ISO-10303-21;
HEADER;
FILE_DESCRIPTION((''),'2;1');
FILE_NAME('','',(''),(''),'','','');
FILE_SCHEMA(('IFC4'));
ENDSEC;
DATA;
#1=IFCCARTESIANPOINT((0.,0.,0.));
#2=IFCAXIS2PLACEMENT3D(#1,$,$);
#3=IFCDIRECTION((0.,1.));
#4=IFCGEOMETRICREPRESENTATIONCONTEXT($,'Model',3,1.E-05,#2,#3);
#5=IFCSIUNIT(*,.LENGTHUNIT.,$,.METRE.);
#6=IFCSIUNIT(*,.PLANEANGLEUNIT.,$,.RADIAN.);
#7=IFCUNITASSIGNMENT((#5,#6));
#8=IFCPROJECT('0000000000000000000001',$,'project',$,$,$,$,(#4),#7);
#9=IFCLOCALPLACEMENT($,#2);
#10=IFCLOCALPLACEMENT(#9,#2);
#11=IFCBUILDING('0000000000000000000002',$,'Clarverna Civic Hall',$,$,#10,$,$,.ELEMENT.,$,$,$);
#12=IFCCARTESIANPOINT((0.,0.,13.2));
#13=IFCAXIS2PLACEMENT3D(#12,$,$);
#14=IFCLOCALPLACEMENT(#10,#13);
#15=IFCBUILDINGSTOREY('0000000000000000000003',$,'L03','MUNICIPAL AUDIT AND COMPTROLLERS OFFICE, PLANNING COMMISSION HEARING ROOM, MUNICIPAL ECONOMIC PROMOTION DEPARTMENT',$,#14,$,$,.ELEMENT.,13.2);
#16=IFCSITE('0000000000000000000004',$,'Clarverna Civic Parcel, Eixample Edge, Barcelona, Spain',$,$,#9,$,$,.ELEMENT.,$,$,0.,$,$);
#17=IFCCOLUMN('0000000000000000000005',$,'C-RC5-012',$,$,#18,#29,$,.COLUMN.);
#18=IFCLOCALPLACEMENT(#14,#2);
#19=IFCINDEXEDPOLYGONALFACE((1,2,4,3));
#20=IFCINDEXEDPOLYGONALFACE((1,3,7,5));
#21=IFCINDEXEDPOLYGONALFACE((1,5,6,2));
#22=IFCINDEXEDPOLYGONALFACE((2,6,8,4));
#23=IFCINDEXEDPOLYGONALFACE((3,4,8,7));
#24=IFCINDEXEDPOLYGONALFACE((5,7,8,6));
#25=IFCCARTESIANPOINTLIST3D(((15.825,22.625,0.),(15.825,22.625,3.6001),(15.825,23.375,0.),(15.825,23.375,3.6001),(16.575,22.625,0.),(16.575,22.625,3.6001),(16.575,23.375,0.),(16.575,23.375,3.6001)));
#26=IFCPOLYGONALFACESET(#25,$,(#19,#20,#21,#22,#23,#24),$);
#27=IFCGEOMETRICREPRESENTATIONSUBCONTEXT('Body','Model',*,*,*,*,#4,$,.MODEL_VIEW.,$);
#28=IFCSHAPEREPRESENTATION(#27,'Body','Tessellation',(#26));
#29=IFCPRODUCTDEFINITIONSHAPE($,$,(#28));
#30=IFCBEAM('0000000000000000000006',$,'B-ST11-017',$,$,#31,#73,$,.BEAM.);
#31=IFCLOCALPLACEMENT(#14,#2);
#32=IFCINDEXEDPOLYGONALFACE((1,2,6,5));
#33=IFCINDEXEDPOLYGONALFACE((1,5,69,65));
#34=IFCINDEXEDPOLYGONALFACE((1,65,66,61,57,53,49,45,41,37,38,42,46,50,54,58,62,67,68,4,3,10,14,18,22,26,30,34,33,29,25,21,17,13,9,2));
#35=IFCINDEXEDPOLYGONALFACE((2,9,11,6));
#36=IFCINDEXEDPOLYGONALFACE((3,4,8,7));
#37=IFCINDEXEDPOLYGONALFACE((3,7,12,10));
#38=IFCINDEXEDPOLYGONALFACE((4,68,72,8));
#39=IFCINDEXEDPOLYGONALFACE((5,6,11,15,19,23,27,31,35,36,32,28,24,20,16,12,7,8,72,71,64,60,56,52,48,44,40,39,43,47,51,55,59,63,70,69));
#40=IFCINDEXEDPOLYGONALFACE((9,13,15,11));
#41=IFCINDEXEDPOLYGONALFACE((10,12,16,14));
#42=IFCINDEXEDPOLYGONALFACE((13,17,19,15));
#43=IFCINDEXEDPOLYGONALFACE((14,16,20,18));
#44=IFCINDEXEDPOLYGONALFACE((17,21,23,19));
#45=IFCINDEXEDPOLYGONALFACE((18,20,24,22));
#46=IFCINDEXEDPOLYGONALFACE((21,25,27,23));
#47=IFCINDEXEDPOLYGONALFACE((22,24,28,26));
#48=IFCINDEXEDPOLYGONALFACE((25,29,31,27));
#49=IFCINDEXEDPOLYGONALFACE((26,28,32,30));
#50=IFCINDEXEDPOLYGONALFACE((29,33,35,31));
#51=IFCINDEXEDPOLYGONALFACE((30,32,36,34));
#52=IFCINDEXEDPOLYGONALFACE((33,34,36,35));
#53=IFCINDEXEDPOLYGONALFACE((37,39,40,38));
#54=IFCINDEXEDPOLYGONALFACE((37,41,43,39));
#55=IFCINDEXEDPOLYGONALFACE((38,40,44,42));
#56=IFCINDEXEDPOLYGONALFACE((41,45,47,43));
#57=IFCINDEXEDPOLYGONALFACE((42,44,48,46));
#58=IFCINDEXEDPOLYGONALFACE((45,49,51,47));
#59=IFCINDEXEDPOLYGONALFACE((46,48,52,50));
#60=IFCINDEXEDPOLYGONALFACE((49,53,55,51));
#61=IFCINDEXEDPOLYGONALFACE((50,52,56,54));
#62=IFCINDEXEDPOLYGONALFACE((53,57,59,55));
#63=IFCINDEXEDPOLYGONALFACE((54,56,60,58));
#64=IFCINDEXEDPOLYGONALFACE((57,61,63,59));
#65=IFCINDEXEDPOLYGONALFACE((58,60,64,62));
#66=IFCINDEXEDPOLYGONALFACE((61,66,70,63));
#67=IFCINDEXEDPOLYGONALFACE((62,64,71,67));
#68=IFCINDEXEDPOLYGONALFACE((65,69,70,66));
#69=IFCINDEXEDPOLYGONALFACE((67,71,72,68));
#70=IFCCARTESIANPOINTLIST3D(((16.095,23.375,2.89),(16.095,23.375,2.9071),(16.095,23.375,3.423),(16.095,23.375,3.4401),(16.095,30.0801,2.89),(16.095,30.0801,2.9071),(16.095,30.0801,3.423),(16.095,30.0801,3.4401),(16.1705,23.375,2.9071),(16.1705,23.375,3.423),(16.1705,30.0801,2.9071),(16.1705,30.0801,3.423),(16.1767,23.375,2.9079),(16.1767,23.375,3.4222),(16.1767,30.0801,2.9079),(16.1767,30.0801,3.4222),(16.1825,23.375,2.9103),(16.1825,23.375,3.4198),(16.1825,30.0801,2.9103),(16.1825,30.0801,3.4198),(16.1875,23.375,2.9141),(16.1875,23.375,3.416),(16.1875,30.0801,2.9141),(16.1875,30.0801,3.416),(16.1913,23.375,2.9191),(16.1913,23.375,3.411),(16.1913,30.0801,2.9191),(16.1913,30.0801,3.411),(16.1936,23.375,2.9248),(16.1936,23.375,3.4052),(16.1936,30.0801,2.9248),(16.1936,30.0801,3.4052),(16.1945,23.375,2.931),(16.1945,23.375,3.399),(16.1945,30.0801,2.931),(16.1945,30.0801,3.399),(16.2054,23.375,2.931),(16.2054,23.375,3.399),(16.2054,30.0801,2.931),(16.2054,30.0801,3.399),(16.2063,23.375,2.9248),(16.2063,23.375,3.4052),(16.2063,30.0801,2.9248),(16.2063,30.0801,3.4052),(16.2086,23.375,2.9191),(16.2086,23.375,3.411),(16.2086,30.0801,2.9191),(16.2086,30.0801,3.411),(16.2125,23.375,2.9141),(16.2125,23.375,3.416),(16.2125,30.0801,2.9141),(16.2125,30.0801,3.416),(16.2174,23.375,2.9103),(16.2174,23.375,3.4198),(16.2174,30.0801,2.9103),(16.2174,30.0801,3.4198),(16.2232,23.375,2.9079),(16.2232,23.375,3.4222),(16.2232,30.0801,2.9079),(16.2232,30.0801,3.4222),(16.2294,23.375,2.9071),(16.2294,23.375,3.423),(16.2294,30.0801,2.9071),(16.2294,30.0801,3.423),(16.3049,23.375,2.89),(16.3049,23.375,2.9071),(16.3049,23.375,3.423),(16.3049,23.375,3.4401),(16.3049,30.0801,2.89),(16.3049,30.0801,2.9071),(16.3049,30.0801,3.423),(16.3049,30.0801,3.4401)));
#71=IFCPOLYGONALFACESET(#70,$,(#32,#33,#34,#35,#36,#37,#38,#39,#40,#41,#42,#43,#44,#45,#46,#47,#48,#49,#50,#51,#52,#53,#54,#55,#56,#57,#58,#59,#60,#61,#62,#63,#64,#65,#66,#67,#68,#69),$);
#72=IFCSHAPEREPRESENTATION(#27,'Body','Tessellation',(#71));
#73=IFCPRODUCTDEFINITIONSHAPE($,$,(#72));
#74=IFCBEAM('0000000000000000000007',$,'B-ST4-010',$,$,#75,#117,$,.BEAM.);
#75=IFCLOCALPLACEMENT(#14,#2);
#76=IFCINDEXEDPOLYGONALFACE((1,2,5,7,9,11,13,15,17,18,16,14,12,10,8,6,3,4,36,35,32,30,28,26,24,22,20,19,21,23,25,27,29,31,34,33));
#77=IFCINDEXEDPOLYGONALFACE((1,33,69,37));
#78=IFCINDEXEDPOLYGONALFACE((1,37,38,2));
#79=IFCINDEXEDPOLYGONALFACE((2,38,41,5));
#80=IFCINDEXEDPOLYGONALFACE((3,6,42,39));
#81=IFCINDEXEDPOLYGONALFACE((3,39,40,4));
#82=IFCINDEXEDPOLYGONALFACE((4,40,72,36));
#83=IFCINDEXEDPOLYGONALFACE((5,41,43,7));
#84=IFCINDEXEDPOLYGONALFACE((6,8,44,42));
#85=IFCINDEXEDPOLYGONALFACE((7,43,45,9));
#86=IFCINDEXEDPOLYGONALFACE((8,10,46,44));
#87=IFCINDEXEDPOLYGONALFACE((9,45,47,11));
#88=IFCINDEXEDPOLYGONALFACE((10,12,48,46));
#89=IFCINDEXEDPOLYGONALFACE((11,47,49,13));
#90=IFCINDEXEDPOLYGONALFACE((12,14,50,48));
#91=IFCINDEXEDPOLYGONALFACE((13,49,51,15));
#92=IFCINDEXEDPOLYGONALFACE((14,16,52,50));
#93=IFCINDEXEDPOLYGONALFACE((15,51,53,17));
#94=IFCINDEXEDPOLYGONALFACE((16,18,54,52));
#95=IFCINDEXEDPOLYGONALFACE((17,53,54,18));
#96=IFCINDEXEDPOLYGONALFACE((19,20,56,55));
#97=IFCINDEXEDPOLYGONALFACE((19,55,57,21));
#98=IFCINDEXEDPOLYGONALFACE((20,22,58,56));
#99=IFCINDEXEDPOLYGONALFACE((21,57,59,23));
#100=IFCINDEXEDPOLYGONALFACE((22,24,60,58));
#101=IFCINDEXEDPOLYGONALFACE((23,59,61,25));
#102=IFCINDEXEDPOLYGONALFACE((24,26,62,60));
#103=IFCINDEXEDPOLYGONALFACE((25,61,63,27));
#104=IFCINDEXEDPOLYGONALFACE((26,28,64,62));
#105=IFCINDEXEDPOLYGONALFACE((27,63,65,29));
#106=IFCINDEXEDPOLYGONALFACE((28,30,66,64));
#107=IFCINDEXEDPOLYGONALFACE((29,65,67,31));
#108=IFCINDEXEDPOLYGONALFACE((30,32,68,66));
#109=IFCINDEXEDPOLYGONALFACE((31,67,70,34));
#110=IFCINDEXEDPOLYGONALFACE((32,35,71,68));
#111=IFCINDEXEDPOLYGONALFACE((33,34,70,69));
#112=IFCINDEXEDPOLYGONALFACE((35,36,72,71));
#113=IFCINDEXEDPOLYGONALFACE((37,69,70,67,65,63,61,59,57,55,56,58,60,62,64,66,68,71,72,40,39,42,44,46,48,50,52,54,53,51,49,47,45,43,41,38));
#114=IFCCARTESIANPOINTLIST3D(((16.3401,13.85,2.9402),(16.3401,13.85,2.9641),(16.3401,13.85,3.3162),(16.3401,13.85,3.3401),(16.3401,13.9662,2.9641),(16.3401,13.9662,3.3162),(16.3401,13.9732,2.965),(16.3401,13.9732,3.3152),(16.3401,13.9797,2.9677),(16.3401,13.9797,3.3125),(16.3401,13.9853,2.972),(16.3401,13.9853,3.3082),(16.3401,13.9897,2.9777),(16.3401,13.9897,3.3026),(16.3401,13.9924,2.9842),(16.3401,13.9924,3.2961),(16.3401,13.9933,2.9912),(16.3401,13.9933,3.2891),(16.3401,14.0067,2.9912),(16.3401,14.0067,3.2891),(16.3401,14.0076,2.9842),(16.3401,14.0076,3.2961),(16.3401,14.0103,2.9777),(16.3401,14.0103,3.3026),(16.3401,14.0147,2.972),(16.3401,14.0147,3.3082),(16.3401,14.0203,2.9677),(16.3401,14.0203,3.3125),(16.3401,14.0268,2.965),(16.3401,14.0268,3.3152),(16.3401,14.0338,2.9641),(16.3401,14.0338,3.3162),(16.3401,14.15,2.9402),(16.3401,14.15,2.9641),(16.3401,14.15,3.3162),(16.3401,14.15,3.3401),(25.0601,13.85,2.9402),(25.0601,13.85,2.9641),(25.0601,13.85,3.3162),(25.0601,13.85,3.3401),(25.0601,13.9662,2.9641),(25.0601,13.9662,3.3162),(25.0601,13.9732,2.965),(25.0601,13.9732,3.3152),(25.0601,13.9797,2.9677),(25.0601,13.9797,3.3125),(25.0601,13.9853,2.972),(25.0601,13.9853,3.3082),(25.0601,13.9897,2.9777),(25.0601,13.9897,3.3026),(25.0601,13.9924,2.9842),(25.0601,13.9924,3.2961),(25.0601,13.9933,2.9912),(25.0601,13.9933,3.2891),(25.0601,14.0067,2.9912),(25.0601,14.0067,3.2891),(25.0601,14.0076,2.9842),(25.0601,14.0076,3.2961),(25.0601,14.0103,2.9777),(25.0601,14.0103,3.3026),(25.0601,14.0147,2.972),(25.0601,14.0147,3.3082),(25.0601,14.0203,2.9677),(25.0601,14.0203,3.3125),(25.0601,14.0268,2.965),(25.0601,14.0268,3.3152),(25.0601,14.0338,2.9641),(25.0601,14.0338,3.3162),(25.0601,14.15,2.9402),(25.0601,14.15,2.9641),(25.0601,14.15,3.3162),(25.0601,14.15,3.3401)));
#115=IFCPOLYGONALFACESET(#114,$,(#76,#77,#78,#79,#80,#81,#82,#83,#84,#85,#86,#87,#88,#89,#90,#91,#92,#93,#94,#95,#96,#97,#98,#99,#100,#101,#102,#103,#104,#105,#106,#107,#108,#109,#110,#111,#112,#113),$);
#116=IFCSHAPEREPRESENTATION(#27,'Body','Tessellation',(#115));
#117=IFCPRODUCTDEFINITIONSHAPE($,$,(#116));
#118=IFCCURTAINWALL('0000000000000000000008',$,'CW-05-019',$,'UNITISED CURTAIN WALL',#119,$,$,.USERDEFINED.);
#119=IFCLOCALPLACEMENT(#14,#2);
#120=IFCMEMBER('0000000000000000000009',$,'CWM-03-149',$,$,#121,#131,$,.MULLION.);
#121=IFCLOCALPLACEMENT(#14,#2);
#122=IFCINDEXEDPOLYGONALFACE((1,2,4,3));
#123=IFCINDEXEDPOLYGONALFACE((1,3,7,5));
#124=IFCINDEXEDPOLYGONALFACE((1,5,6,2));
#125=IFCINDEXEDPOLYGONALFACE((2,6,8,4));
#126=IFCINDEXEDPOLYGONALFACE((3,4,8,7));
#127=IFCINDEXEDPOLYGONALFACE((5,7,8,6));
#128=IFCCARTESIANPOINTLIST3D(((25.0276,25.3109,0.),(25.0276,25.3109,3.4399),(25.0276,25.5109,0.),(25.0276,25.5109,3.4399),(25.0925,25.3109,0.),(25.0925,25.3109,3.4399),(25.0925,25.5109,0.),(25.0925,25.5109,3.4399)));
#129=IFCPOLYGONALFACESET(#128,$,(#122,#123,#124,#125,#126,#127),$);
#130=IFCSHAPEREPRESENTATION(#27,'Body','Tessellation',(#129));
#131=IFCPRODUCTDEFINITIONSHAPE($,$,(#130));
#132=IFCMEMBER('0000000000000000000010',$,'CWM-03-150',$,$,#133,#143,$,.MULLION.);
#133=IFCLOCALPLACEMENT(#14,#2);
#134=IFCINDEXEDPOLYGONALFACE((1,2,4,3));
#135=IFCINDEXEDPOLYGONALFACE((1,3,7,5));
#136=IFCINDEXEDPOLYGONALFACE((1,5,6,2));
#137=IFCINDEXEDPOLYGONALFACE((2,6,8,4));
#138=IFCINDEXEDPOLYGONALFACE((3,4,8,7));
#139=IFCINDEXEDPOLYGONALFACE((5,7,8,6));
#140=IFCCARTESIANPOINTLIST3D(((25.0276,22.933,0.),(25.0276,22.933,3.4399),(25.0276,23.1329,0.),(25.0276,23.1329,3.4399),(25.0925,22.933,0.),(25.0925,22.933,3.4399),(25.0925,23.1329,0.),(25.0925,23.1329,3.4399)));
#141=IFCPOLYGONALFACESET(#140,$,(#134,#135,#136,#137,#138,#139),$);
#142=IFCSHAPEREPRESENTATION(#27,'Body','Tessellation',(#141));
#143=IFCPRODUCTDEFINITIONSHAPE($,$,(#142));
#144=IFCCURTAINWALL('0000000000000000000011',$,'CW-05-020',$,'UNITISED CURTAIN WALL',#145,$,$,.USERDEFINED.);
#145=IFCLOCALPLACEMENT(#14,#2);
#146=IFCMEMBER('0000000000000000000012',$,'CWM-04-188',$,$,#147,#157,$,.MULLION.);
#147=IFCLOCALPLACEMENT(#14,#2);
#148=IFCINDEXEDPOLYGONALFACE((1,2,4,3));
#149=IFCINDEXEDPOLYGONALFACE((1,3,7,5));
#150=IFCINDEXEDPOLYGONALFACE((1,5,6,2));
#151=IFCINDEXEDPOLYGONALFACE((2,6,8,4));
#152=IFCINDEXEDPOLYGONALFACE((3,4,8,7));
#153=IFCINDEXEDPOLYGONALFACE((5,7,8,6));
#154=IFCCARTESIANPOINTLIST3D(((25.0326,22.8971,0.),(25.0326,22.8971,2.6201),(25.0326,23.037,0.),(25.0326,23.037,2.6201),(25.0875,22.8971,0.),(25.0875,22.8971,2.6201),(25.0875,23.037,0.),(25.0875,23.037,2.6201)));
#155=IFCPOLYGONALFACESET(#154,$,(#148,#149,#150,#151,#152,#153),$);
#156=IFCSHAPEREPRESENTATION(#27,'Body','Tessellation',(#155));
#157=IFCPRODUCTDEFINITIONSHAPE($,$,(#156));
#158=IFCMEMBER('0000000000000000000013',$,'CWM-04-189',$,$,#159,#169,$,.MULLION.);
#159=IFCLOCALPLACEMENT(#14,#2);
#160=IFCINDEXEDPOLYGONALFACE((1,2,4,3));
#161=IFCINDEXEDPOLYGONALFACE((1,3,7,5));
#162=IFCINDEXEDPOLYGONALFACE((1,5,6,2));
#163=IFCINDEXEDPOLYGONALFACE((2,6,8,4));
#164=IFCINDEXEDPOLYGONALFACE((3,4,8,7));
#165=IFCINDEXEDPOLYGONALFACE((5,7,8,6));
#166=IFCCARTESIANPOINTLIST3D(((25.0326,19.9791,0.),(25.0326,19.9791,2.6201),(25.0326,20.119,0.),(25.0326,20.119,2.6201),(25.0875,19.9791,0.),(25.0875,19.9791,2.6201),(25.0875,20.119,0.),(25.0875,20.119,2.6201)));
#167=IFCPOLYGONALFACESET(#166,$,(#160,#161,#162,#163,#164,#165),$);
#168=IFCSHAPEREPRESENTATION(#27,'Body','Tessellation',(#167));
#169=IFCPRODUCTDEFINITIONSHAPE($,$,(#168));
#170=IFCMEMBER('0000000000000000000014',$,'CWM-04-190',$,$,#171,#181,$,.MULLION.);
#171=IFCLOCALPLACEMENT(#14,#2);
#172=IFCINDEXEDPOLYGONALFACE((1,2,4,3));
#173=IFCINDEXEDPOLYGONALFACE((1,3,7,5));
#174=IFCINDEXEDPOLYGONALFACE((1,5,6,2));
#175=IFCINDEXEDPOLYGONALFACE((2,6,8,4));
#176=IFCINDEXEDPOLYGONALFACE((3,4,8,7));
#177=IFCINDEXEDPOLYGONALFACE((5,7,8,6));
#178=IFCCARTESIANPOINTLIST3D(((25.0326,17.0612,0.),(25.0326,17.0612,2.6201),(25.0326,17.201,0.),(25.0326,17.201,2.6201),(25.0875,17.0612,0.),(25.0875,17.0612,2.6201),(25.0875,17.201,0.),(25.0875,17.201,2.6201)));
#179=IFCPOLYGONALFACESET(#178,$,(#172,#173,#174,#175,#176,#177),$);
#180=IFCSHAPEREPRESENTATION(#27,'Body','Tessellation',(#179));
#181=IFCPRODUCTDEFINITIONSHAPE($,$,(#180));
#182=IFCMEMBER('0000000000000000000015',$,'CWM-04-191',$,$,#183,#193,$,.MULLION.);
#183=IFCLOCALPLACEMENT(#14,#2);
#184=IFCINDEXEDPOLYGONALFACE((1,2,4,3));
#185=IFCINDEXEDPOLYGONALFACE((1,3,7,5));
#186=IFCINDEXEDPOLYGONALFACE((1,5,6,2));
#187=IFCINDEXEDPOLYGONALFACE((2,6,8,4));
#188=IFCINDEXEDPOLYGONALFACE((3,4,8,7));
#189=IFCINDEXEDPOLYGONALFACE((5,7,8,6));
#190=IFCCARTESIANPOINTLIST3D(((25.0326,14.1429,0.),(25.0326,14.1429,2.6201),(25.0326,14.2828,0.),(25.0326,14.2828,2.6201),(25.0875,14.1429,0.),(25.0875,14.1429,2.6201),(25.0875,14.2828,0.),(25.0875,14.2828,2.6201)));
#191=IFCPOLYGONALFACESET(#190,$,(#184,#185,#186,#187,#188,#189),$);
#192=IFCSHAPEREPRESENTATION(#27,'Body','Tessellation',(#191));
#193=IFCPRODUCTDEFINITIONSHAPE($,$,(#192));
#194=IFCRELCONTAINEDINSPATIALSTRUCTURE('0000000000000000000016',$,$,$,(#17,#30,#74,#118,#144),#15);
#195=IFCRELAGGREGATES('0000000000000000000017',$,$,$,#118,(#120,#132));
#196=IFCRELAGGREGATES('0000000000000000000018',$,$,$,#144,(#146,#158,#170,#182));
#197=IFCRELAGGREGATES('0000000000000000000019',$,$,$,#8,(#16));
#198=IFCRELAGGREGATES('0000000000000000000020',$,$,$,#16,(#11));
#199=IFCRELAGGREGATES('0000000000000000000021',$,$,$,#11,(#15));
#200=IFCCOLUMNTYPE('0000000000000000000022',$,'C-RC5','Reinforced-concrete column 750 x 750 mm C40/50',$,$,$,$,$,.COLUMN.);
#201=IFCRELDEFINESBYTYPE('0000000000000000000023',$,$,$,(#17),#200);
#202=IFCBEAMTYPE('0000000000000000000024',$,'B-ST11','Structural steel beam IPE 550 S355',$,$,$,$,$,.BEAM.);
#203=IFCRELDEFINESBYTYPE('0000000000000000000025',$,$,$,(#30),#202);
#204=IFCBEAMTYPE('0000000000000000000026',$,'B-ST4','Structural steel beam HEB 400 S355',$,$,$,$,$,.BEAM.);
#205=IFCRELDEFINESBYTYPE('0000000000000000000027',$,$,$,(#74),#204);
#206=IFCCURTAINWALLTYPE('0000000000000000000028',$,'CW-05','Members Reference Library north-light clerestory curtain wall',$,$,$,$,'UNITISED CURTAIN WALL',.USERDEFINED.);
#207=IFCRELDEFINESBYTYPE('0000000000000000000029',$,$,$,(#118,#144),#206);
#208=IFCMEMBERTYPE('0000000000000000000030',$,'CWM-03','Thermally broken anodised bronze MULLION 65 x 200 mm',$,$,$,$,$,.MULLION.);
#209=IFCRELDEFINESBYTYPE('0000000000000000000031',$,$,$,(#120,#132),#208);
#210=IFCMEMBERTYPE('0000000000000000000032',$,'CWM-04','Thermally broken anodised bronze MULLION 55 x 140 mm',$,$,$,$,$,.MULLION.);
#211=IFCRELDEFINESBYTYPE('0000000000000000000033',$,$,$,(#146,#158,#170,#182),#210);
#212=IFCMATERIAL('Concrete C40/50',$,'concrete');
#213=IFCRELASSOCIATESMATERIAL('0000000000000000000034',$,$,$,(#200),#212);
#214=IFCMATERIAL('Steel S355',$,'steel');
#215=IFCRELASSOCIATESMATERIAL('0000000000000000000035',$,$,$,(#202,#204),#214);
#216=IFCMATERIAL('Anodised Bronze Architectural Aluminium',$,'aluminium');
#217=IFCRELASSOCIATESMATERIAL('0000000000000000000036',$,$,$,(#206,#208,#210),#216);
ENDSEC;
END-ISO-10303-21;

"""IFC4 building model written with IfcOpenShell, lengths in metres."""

from ifc_helpers import new_model, si_unit, direction, frame, origin, origin_2d, place, context, subcontext, project, spatial, rectangle, i_section, extrude, material, material_profile, profile_set, type_object, element, aggregate, save


model = new_model("IFC4")

# Units and contexts
model_context = context("Model", 3, precision=1e-05, world=origin(), true_north=direction((0.0, 1.0)))
body_context = subcontext(model_context, "Body", "Model", "MODEL_VIEW")
ifc_project = project(units=[si_unit("LENGTHUNIT", "METRE"), si_unit("PLANEANGLEUNIT", "RADIAN")], contexts=[model_context])

# Site, building, storey
site_placement = place(None, origin())
site = spatial("IfcSite", under=ifc_project, at=site_placement, Name="Clarverna Civic Parcel, Eixample Edge, Barcelona, Spain", CompositionType="ELEMENT", RefElevation=0.0)
building_placement = place(site_placement, origin())
building = spatial("IfcBuilding", under=site, at=building_placement, Name="Clarverna Civic Hall", CompositionType="ELEMENT")
storey_placement = place(building_placement, frame((0.0, 0.0, 13.2)))
storey = spatial("IfcBuildingStorey", under=building, at=storey_placement, Name="L03", Description="MUNICIPAL AUDIT AND COMPTROLLERS OFFICE, PLANNING COMMISSION HEARING ROOM, MUNICIPAL ECONOMIC PROMOTION DEPARTMENT", CompositionType="ELEMENT", Elevation=13.2)

# Column
ifc_material_1 = material(Name="Concrete C40/50", Category="concrete")
ifc_material_profile_1 = material_profile(ifc_material_1, rectangle(XDim=0.75, YDim=0.75, at=origin_2d()), Name="RC 750x750")
ifc_profile_set_1 = profile_set([ifc_material_profile_1], Name="Concrete C40/50")
column_type = type_object("IfcColumnType", Name="C-RC5", Description="Reinforced-concrete column 750 x 750 mm C40/50", PredefinedType="COLUMN", material=ifc_profile_set_1)
column_placement = place(storey_placement, frame((16.2, 23.0, 0.0), z_axis=(0.0, 0.0, 1.0), x_axis=(1.0, 0.0, 0.0)))
element("IfcColumn", 1, at=column_placement, inside=storey, type_object=column_type, Name="C-RC5-012", PredefinedType="COLUMN", context=body_context, shape_type="SweptSolid", body=[
    extrude(rectangle(XDim=0.75, YDim=0.75, at=origin_2d()), origin(), (0.0, 0.0, 1.0), 3.6001),
])

# Beams
ifc_material_2 = material(Name="Steel S355", Category="steel")
ifc_material_profile_2 = material_profile(ifc_material_2, i_section(OverallWidth=0.21, OverallDepth=0.55, WebThickness=0.011, FlangeThickness=0.0171, FilletRadius=0.0239, at=origin_2d()), Name="IPE 550")
ifc_profile_set_2 = profile_set([ifc_material_profile_2], Name="Steel S355")
beam_type_1 = type_object("IfcBeamType", Name="B-ST11", Description="Structural steel beam IPE 550 S355", PredefinedType="BEAM", material=ifc_profile_set_2)
beam_1_placement = place(storey_placement, frame((16.2, 23.375, 3.165), z_axis=(0.0, 1.0, 0.0), x_axis=(-1.0, 0.0, 0.0)))
element("IfcBeam", 2, at=beam_1_placement, inside=storey, type_object=beam_type_1, Name="B-ST11-017", PredefinedType="BEAM", context=body_context, shape_type="SweptSolid", body=[
    extrude(i_section(OverallWidth=0.21, OverallDepth=0.55, WebThickness=0.011, FlangeThickness=0.0171, FilletRadius=0.0239, at=origin_2d()), origin(), (0.0, 0.0, 1.0), 6.7051),
])
ifc_material_profile_3 = material_profile(ifc_material_2, i_section(OverallWidth=0.3, OverallDepth=0.3999, WebThickness=0.0134, FlangeThickness=0.0239, FilletRadius=0.0271, at=origin_2d()), Name="HEB 400")
ifc_profile_set_3 = profile_set([ifc_material_profile_3], Name="Steel S355")
beam_type_2 = type_object("IfcBeamType", Name="B-ST4", Description="Structural steel beam HEB 400 S355", PredefinedType="BEAM", material=ifc_profile_set_3)
beam_2_placement = place(storey_placement, frame((16.3401, 14.0, 3.1401), z_axis=(1.0, 0.0, 0.0), x_axis=(0.0, 1.0, 0.0)))
element("IfcBeam", 3, at=beam_2_placement, inside=storey, type_object=beam_type_2, Name="B-ST4-010", PredefinedType="BEAM", context=body_context, shape_type="SweptSolid", body=[
    extrude(i_section(OverallWidth=0.3, OverallDepth=0.3999, WebThickness=0.0134, FlangeThickness=0.0239, FilletRadius=0.0271, at=origin_2d()), origin(), (0.0, 0.0, 1.0), 8.72),
])

# Curtain walls, members
ifc_material_3 = material(Name="Anodised Bronze Architectural Aluminium", Category="aluminium")
curtain_wall_type = type_object("IfcCurtainWallType", Name="CW-05", Description="Members Reference Library north-light clerestory curtain wall", ElementType="UNITISED CURTAIN WALL", PredefinedType="USERDEFINED", material=ifc_material_3)
curtain_wall_1_placement = place(storey_placement, origin())
curtain_wall_1 = element("IfcCurtainWall", 4, at=curtain_wall_1_placement, inside=storey, type_object=curtain_wall_type, Name="CW-05-019", ObjectType="UNITISED CURTAIN WALL", PredefinedType="USERDEFINED")
ifc_material_profile_4 = material_profile(ifc_material_3, rectangle(XDim=0.0649, YDim=0.2, at=origin_2d()), Name="BRONZE 65x200")
ifc_profile_set_4 = profile_set([ifc_material_profile_4], Name="Anodised Bronze Architectural Aluminium")
member_type_1 = type_object("IfcMemberType", Name="CWM-03", Description="Thermally broken anodised bronze MULLION 65 x 200 mm", PredefinedType="MULLION", material=ifc_profile_set_4)
member_1_placement = place(storey_placement, frame((25.0601, 25.4109, 0.0), z_axis=(0.0, 0.0, 1.0), x_axis=(1.0, 0.0, 0.0)))
member_1 = element("IfcMember", 5, at=member_1_placement, type_object=member_type_1, Name="CWM-03-149", PredefinedType="MULLION", context=body_context, shape_type="SweptSolid", body=[
    extrude(rectangle(XDim=0.0649, YDim=0.2, at=origin_2d()), origin(), (0.0, 0.0, 1.0), 3.4399),
])
member_2_placement = place(storey_placement, frame((25.0601, 23.033, 0.0), z_axis=(0.0, 0.0, 1.0), x_axis=(1.0, 0.0, 0.0)))
member_2 = element("IfcMember", 6, at=member_2_placement, type_object=member_type_1, Name="CWM-03-150", PredefinedType="MULLION", context=body_context, shape_type="SweptSolid", body=[
    extrude(rectangle(XDim=0.0649, YDim=0.2, at=origin_2d()), origin(), (0.0, 0.0, 1.0), 3.4399),
])
curtain_wall_2_placement = place(storey_placement, origin())
curtain_wall_2 = element("IfcCurtainWall", 7, at=curtain_wall_2_placement, inside=storey, type_object=curtain_wall_type, Name="CW-05-020", ObjectType="UNITISED CURTAIN WALL", PredefinedType="USERDEFINED")
ifc_material_profile_5 = material_profile(ifc_material_3, rectangle(XDim=0.0549, YDim=0.1399, at=origin_2d()), Name="BRONZE 55x140")
ifc_profile_set_5 = profile_set([ifc_material_profile_5], Name="Anodised Bronze Architectural Aluminium")
member_type_2 = type_object("IfcMemberType", Name="CWM-04", Description="Thermally broken anodised bronze MULLION 55 x 140 mm", PredefinedType="MULLION", material=ifc_profile_set_5)
member_3_placement = place(storey_placement, frame((25.0601, 22.967, 0.0), z_axis=(0.0, 0.0, 1.0), x_axis=(1.0, 0.0, 0.0)))
member_3 = element("IfcMember", 8, at=member_3_placement, type_object=member_type_2, Name="CWM-04-188", PredefinedType="MULLION", context=body_context, shape_type="SweptSolid", body=[
    extrude(rectangle(XDim=0.0549, YDim=0.1399, at=origin_2d()), origin(), (0.0, 0.0, 1.0), 2.6201),
])
member_4_placement = place(storey_placement, frame((25.0601, 20.0491, 0.0), z_axis=(0.0, 0.0, 1.0), x_axis=(1.0, 0.0, 0.0)))
member_4 = element("IfcMember", 9, at=member_4_placement, type_object=member_type_2, Name="CWM-04-189", PredefinedType="MULLION", context=body_context, shape_type="SweptSolid", body=[
    extrude(rectangle(XDim=0.0549, YDim=0.1399, at=origin_2d()), origin(), (0.0, 0.0, 1.0), 2.6201),
])
member_5_placement = place(storey_placement, frame((25.0601, 17.1311, 0.0), z_axis=(0.0, 0.0, 1.0), x_axis=(1.0, 0.0, 0.0)))
member_5 = element("IfcMember", 10, at=member_5_placement, type_object=member_type_2, Name="CWM-04-190", PredefinedType="MULLION", context=body_context, shape_type="SweptSolid", body=[
    extrude(rectangle(XDim=0.0549, YDim=0.1399, at=origin_2d()), origin(), (0.0, 0.0, 1.0), 2.6201),
])
member_6_placement = place(storey_placement, frame((25.0601, 14.2129, 0.0), z_axis=(0.0, 0.0, 1.0), x_axis=(1.0, 0.0, 0.0)))
member_6 = element("IfcMember", 11, at=member_6_placement, type_object=member_type_2, Name="CWM-04-191", PredefinedType="MULLION", context=body_context, shape_type="SweptSolid", body=[
    extrude(rectangle(XDim=0.0549, YDim=0.1399, at=origin_2d()), origin(), (0.0, 0.0, 1.0), 2.6201),
])

aggregate(curtain_wall_1, [member_1, member_2])
aggregate(curtain_wall_2, [member_3, member_4, member_5, member_6])

save(model, "model.ifc")
